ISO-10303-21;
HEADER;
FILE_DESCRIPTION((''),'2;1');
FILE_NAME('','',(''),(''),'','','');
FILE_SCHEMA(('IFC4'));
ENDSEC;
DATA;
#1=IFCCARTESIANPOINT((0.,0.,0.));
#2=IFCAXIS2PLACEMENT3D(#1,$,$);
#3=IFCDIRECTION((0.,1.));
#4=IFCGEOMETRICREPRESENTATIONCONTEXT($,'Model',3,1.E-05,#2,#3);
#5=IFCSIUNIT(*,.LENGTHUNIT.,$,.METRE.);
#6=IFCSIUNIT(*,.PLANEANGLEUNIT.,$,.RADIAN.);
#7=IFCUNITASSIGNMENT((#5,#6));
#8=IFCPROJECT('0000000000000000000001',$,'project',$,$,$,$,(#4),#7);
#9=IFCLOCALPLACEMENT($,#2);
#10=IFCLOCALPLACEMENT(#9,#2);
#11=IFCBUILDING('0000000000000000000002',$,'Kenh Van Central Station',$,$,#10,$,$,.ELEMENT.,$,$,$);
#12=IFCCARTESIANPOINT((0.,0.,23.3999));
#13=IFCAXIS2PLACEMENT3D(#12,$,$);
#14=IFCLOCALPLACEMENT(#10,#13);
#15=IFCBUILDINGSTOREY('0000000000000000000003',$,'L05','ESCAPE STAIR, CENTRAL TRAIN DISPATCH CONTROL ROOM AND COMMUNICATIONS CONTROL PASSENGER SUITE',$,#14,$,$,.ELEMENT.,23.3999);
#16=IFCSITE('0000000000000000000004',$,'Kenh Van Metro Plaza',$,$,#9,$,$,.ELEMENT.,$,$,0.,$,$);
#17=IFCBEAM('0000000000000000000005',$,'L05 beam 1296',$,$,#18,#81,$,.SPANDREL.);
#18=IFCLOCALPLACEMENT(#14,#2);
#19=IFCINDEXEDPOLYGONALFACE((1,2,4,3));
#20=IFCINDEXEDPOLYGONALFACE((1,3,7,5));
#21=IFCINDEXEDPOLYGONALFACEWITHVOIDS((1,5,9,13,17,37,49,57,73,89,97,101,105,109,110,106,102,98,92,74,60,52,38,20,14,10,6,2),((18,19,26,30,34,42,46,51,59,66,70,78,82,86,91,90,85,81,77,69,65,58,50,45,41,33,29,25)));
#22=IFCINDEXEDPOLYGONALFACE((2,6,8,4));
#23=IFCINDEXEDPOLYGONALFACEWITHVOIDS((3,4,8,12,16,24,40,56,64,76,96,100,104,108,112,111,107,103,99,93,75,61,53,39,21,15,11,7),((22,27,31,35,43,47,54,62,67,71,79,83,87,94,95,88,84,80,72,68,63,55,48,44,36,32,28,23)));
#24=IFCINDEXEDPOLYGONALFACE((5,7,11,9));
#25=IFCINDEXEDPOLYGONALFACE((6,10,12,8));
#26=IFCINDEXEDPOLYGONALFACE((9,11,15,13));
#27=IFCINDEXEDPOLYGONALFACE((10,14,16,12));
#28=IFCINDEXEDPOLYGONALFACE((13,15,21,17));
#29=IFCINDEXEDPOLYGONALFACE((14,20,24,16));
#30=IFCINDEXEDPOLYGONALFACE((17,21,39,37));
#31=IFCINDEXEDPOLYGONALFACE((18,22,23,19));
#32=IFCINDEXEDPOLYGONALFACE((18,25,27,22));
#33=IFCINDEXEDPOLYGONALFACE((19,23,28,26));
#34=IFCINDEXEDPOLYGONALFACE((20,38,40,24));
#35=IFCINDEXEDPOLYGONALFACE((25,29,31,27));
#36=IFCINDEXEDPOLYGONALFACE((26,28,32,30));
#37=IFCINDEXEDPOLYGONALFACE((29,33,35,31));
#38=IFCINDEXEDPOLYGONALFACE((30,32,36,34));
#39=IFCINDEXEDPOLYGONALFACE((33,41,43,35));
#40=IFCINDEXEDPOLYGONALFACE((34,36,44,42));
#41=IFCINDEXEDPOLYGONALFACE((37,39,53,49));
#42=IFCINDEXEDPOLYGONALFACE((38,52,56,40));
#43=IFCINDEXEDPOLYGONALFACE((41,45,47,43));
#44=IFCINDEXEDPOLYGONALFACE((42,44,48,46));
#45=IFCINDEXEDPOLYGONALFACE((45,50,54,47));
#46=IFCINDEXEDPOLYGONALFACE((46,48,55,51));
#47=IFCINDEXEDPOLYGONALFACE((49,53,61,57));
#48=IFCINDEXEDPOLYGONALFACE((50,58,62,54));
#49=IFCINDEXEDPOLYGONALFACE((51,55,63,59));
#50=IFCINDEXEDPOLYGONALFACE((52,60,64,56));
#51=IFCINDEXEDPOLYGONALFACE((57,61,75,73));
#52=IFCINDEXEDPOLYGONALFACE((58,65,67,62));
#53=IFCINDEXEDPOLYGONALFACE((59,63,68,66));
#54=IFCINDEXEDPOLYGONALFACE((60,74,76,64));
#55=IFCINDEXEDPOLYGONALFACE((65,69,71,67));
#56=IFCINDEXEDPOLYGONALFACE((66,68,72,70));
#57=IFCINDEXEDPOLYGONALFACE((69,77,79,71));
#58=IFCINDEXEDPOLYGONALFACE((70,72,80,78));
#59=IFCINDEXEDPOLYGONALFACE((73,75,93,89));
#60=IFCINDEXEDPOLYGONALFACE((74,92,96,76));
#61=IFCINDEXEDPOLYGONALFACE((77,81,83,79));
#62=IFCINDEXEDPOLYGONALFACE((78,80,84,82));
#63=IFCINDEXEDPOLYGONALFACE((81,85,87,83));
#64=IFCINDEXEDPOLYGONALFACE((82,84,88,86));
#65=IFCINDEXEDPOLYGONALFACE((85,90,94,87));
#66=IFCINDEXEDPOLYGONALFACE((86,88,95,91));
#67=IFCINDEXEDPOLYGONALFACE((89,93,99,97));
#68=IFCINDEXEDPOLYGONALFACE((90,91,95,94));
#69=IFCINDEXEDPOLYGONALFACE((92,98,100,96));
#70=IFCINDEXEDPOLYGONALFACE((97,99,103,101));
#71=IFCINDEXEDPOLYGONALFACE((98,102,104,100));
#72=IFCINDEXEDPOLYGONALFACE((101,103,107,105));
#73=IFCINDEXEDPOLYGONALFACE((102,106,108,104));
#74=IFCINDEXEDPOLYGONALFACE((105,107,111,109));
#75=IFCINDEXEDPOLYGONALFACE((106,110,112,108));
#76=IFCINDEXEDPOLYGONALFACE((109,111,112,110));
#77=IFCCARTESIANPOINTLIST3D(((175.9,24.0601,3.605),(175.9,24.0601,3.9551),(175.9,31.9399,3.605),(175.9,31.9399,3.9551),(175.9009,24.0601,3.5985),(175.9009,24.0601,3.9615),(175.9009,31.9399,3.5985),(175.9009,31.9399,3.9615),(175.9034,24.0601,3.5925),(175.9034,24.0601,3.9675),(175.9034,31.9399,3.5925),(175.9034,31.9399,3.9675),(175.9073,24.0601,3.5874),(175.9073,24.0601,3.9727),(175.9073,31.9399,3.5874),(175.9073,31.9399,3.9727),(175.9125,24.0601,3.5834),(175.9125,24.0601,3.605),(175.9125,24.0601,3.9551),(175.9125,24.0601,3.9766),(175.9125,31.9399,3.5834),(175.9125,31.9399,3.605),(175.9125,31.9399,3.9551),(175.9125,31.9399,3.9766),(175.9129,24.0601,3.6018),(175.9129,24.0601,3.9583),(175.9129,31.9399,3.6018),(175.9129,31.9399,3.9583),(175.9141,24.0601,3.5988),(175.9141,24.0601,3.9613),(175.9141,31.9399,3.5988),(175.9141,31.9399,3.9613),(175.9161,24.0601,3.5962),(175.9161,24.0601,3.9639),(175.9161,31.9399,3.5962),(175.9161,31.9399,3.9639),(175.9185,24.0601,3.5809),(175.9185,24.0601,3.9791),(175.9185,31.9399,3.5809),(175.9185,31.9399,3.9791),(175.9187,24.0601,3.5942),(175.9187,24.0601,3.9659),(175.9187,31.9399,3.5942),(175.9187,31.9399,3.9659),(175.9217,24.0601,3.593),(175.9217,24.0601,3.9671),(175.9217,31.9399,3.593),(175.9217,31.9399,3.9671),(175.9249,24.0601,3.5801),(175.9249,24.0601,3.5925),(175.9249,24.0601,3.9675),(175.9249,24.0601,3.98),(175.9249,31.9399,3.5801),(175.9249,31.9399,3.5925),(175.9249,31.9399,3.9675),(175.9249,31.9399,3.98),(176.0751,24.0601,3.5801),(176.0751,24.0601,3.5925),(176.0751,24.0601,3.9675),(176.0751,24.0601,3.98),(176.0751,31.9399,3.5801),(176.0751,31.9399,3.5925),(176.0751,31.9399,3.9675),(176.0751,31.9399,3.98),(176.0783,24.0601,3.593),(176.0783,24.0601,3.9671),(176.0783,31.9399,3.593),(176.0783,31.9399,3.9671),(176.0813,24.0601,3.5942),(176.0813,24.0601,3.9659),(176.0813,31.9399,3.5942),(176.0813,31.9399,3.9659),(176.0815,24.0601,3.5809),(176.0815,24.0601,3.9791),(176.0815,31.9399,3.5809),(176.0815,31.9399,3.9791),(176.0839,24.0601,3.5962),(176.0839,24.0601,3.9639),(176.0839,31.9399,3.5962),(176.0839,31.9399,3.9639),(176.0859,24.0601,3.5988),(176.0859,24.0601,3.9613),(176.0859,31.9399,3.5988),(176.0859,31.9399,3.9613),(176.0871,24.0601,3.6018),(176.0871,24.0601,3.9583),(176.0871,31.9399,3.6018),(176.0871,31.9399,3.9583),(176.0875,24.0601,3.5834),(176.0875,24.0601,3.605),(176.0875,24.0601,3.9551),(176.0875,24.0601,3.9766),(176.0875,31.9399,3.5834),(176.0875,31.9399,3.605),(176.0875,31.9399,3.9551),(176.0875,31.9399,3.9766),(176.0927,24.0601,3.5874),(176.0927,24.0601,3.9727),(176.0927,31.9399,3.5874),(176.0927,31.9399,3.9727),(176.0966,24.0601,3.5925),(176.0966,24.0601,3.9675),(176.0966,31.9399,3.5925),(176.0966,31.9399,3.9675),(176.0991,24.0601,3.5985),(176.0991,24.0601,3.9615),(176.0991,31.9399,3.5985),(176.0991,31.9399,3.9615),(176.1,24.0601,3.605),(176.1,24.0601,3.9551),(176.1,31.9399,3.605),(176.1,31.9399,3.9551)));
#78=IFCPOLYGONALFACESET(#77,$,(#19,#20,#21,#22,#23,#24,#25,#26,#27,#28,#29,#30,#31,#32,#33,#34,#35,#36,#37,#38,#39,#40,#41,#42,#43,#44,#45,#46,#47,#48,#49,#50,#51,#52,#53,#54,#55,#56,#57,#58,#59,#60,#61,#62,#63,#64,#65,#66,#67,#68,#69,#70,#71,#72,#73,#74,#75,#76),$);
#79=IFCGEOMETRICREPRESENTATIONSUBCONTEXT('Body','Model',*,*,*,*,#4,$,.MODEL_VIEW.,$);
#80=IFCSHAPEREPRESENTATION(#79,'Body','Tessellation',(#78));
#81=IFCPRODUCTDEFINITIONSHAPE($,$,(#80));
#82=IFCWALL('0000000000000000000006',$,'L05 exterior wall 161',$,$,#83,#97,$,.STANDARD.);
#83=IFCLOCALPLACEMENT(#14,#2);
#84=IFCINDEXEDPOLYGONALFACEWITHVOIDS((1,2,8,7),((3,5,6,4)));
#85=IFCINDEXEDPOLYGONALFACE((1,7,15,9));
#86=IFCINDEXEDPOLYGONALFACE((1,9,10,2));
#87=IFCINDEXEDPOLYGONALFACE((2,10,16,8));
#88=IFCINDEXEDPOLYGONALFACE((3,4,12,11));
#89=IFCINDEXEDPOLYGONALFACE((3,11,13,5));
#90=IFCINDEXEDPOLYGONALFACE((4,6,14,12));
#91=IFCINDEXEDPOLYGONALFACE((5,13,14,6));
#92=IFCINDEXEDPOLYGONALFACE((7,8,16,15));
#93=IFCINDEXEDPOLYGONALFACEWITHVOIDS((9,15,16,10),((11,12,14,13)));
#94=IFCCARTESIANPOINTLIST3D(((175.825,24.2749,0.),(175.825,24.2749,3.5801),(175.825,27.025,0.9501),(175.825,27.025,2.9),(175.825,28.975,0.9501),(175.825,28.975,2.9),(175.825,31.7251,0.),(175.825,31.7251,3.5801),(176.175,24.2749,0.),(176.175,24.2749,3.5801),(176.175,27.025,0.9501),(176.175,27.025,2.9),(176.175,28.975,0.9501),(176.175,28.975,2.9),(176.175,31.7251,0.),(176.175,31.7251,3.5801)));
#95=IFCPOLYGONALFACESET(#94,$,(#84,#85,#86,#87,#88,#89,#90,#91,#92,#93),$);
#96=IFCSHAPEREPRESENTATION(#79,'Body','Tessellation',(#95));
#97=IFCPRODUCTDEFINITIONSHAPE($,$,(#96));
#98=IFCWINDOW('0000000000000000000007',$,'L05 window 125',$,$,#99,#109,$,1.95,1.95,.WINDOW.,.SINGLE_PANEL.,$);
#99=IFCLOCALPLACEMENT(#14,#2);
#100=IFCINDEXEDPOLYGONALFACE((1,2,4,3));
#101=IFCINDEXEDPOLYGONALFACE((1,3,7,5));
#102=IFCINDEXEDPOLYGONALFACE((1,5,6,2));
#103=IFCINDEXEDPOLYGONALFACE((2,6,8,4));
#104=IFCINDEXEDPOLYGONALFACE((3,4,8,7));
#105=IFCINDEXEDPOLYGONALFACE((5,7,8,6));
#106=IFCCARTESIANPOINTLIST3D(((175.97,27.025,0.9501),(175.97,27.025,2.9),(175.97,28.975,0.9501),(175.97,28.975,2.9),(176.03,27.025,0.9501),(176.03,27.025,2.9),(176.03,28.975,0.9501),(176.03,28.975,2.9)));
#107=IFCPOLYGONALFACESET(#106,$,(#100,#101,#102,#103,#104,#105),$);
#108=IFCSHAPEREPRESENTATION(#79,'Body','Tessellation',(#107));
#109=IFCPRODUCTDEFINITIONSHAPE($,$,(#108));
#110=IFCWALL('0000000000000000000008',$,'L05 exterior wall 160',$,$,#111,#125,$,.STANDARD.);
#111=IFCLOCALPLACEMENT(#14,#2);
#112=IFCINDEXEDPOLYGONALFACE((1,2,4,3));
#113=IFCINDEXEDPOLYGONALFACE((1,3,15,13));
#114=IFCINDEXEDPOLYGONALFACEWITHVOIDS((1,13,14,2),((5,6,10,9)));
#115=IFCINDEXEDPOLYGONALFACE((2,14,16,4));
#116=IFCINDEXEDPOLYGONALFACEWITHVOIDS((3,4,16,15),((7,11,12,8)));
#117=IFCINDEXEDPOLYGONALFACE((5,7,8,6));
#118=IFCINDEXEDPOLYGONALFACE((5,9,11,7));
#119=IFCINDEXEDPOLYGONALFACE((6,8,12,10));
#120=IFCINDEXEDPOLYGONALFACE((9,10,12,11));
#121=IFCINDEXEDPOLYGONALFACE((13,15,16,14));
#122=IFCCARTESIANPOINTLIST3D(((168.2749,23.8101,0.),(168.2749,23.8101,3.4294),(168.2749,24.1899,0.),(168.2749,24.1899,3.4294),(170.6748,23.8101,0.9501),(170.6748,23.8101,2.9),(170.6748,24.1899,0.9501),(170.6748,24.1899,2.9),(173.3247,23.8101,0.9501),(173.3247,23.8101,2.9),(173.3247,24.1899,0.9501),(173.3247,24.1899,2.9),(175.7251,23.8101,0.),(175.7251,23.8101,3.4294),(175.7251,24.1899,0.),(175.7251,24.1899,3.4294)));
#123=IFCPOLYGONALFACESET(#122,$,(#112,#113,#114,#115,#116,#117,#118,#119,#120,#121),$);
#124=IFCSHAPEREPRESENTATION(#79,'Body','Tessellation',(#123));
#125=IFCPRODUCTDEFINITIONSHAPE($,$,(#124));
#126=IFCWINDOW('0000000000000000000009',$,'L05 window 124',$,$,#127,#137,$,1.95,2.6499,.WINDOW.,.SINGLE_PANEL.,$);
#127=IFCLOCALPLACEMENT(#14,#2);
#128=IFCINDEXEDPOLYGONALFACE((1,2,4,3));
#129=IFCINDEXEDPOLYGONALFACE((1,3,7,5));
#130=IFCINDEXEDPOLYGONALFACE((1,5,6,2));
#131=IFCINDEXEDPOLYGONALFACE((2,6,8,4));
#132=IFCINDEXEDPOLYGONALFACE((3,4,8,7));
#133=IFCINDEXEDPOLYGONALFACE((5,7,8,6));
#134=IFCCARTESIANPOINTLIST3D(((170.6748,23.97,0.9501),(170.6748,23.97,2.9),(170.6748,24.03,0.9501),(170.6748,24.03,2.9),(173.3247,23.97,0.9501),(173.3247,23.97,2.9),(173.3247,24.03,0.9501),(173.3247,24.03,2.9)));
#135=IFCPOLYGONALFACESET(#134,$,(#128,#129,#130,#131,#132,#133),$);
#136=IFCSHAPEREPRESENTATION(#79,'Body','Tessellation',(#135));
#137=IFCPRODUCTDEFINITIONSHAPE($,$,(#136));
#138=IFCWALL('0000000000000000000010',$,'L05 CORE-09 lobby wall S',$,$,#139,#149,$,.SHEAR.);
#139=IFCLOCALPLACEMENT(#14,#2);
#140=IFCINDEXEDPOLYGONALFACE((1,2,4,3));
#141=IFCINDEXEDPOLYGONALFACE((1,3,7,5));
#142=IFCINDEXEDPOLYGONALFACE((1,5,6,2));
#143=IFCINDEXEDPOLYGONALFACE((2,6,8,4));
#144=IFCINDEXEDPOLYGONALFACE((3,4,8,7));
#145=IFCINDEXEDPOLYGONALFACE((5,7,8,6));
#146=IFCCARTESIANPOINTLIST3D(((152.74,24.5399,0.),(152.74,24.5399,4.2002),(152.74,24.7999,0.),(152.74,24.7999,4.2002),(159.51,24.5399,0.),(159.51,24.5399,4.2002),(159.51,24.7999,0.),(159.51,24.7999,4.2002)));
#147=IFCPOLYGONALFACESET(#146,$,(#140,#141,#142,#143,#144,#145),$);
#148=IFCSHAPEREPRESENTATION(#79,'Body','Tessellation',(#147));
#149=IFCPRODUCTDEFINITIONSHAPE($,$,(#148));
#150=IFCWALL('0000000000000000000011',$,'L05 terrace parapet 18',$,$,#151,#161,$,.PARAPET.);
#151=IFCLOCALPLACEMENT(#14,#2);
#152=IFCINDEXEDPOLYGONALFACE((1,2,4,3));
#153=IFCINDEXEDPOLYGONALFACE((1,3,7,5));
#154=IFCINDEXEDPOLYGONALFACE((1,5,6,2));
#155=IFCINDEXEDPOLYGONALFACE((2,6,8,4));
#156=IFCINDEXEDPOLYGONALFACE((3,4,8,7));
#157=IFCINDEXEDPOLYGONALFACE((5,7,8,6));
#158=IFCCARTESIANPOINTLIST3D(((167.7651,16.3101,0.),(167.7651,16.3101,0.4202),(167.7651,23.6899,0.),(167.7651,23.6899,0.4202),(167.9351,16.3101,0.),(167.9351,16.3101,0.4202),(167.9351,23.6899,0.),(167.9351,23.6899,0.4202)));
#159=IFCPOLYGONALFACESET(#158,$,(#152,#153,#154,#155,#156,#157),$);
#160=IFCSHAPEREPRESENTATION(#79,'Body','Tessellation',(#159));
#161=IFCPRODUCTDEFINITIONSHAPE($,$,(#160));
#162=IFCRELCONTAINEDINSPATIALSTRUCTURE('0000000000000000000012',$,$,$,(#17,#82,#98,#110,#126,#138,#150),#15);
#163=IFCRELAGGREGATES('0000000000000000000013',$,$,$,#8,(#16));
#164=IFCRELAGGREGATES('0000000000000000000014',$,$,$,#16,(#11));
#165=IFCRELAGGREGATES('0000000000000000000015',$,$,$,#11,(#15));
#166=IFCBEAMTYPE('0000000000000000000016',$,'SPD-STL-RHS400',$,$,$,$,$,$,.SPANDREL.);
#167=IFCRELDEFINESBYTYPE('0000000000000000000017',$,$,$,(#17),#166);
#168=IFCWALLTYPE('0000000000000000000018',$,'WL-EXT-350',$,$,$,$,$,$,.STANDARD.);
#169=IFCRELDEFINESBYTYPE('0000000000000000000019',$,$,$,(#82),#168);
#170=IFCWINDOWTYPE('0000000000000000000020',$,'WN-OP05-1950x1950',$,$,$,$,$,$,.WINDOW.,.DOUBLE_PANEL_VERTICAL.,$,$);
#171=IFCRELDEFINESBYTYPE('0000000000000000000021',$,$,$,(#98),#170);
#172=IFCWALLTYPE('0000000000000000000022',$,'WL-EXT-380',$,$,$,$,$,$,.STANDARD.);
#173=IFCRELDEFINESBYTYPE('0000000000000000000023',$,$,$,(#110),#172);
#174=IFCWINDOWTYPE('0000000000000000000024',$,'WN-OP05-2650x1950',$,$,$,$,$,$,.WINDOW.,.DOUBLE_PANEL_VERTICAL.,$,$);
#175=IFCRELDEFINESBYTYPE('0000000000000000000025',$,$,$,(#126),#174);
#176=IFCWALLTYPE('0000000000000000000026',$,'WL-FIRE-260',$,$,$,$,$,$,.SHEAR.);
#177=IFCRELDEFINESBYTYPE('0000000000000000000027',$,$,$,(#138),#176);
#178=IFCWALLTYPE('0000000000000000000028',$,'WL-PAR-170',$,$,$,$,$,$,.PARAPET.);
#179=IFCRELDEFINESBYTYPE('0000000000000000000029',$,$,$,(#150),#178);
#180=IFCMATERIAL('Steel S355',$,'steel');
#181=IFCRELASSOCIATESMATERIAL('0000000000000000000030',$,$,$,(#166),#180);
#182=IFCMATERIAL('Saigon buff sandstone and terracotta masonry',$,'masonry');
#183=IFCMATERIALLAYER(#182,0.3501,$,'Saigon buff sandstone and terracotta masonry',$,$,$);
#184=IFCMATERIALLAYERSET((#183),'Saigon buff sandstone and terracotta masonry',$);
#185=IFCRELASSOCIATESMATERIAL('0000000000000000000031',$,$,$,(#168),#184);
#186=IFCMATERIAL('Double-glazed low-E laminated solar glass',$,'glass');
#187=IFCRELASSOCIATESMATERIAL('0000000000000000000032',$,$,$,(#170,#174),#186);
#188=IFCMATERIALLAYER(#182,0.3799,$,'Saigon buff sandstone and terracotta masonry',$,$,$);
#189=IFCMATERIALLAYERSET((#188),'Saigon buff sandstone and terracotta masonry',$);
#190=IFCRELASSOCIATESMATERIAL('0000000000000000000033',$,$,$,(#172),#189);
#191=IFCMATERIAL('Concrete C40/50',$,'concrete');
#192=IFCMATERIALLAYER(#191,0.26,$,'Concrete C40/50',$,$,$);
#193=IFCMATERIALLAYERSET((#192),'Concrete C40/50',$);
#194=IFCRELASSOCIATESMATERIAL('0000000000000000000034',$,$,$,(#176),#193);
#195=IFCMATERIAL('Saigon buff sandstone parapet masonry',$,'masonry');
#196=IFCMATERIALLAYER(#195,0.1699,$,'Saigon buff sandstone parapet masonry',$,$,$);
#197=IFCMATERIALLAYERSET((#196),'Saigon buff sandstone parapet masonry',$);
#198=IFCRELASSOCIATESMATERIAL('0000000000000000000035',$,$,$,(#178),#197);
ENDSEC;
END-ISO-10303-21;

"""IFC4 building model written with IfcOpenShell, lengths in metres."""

from ifc_helpers import new_model, si_unit, direction, frame, frame_2d, origin, origin_2d, place, context, subcontext, project, spatial, rectangle, hollow_rectangle, extrude, material, layer, layer_set, material_profile, profile_set, type_object, element, fill, save


model = new_model("IFC4")

# Units and contexts
model_context = context("Model", 3, precision=1e-05, world=origin(), true_north=direction((0.0, 1.0)))
body_context = subcontext(model_context, "Body", "Model", "MODEL_VIEW")
ifc_project = project(units=[si_unit("LENGTHUNIT", "METRE"), si_unit("PLANEANGLEUNIT", "RADIAN")], contexts=[model_context])

# Site, building, storey
site_placement = place(None, origin())
site = spatial("IfcSite", under=ifc_project, at=site_placement, Name="Kenh Van Metro Plaza", CompositionType="ELEMENT", RefElevation=0.0)
building_placement = place(site_placement, origin())
building = spatial("IfcBuilding", under=site, at=building_placement, Name="Kenh Van Central Station", CompositionType="ELEMENT")
storey_placement = place(building_placement, frame((0.0, 0.0, 23.3999)))
storey = spatial("IfcBuildingStorey", under=building, at=storey_placement, Name="L05", Description="ESCAPE STAIR, CENTRAL TRAIN DISPATCH CONTROL ROOM AND COMMUNICATIONS CONTROL PASSENGER SUITE", CompositionType="ELEMENT", Elevation=23.3999)

# Beam
ifc_material_1 = material(Name="Steel S355", Category="steel")
ifc_material_profile_1 = material_profile(ifc_material_1, hollow_rectangle(XDim=0.2, YDim=0.3999, WallThickness=0.0125, InnerFilletRadius=0.0125, OuterFilletRadius=0.0249, at=origin_2d()), Name="RHS 400x200x12.5")
ifc_profile_set_1 = profile_set([ifc_material_profile_1], Name="Steel S355")
beam_type = type_object("IfcBeamType", Name="SPD-STL-RHS400", PredefinedType="SPANDREL", material=ifc_profile_set_1)
for number, where, z_axis, x_axis, name in (
    (1, (176.0, 24.0601, 3.78), (0.0, 1.0, 0.0), (-1.0, 0.0, 0.0), "L05 beam 1296"),
):
    element("IfcBeam", number, at=place(storey_placement, frame(where, z_axis=z_axis, x_axis=x_axis)), inside=storey, type_object=beam_type, Name=name, PredefinedType="SPANDREL", context=body_context, shape_type="SweptSolid", body=[
        extrude(hollow_rectangle(XDim=0.2, YDim=0.3999, WallThickness=0.0125, InnerFilletRadius=0.0125, OuterFilletRadius=0.0249, at=origin_2d()), origin(), (0.0, 0.0, 1.0), 7.8799),
    ])

# Walls, openings, windows
ifc_material_2 = material(Name="Saigon buff sandstone and terracotta masonry", Category="masonry")
ifc_layer_1 = layer(ifc_material_2, 0.3501, Name="Saigon buff sandstone and terracotta masonry")
ifc_layer_set_1 = layer_set([ifc_layer_1], Name="Saigon buff sandstone and terracotta masonry")
wall_type_1 = type_object("IfcWallType", Name="WL-EXT-350", PredefinedType="STANDARD", material=ifc_layer_set_1)
wall_1_placement = place(storey_placement, frame((176.0, 24.2749, 0.0), z_axis=(0.0, 0.0, 1.0), x_axis=(0.0, 1.0, 0.0)))
wall_1 = element("IfcWall", 2, at=wall_1_placement, inside=storey, type_object=wall_type_1, Name="L05 exterior wall 161", PredefinedType="STANDARD", context=body_context, shape_type="SweptSolid", body=[
    extrude(rectangle(XDim=7.4502, YDim=0.3501, at=frame_2d((3.7251, 0.0))), origin(), (0.0, 0.0, 1.0), 3.5801),
])
opening_1_placement = place(wall_1_placement, frame((2.75, 0.0, 0.95)))
opening_1 = element("IfcOpeningElement", 3, at=opening_1_placement, cuts=wall_1, PredefinedType="OPENING", context=body_context, shape_type="SweptSolid", body=[
    extrude(rectangle(XDim=1.95, YDim=1.95, at=frame_2d((0.9751, 0.9751))), frame((0.0, 0.1851, 0.0), z_axis=(0.0, -1.0, 0.0), x_axis=(1.0, 0.0, 0.0)), (0.0, 0.0, 1.0), 0.3701),
])
ifc_material_3 = material(Name="Double-glazed low-E laminated solar glass", Category="glass")
window_type_1 = type_object("IfcWindowType", Name="WN-OP05-1950x1950", PartitioningType="DOUBLE_PANEL_VERTICAL", PredefinedType="WINDOW", material=ifc_material_3)
window_1_placement = place(opening_1_placement, origin())
window_1 = element("IfcWindow", 4, at=window_1_placement, inside=storey, type_object=window_type_1, Name="L05 window 125", OverallHeight=1.95, OverallWidth=1.95, PartitioningType="SINGLE_PANEL", PredefinedType="WINDOW", context=body_context, shape_type="SweptSolid", body=[
    extrude(rectangle(XDim=1.95, YDim=1.95, at=frame_2d((0.9751, 0.9751))), frame((0.0, 0.03, 0.0), z_axis=(0.0, -1.0, 0.0), x_axis=(1.0, 0.0, 0.0)), (0.0, 0.0, 1.0), 0.0601),
])
fill(opening_1, window_1)
ifc_layer_2 = layer(ifc_material_2, 0.3799, Name="Saigon buff sandstone and terracotta masonry")
ifc_layer_set_2 = layer_set([ifc_layer_2], Name="Saigon buff sandstone and terracotta masonry")
wall_type_2 = type_object("IfcWallType", Name="WL-EXT-380", PredefinedType="STANDARD", material=ifc_layer_set_2)
wall_2_placement = place(storey_placement, frame((168.2749, 24.0, 0.0), z_axis=(0.0, 0.0, 1.0), x_axis=(1.0, 0.0, 0.0)))
wall_2 = element("IfcWall", 5, at=wall_2_placement, inside=storey, type_object=wall_type_2, Name="L05 exterior wall 160", PredefinedType="STANDARD", context=body_context, shape_type="SweptSolid", body=[
    extrude(rectangle(XDim=7.4502, YDim=0.3799, at=frame_2d((3.7251, 0.0))), origin(), (0.0, 0.0, 1.0), 3.4294),
])
opening_2_placement = place(wall_2_placement, frame((2.3999, 0.0, 0.95)))
opening_2 = element("IfcOpeningElement", 6, at=opening_2_placement, cuts=wall_2, PredefinedType="OPENING", context=body_context, shape_type="SweptSolid", body=[
    extrude(rectangle(XDim=2.6499, YDim=1.95, at=frame_2d((1.325, 0.9751))), frame((0.0, 0.2, 0.0), z_axis=(0.0, -1.0, 0.0), x_axis=(1.0, 0.0, 0.0)), (0.0, 0.0, 1.0), 0.3999),
])
window_type_2 = type_object("IfcWindowType", Name="WN-OP05-2650x1950", PartitioningType="DOUBLE_PANEL_VERTICAL", PredefinedType="WINDOW", material=ifc_material_3)
window_2_placement = place(opening_2_placement, origin())
window_2 = element("IfcWindow", 7, at=window_2_placement, inside=storey, type_object=window_type_2, Name="L05 window 124", OverallHeight=1.95, OverallWidth=2.6499, PartitioningType="SINGLE_PANEL", PredefinedType="WINDOW", context=body_context, shape_type="SweptSolid", body=[
    extrude(rectangle(XDim=2.6499, YDim=1.95, at=frame_2d((1.325, 0.9751))), frame((0.0, 0.03, 0.0), z_axis=(0.0, -1.0, 0.0), x_axis=(1.0, 0.0, 0.0)), (0.0, 0.0, 1.0), 0.0601),
])
fill(opening_2, window_2)

# Walls
ifc_material_4 = material(Name="Concrete C40/50", Category="concrete")
ifc_layer_3 = layer(ifc_material_4, 0.26, Name="Concrete C40/50")
ifc_layer_set_3 = layer_set([ifc_layer_3], Name="Concrete C40/50")
wall_type_3 = type_object("IfcWallType", Name="WL-FIRE-260", PredefinedType="SHEAR", material=ifc_layer_set_3)
wall_3_placement = place(storey_placement, frame((159.51, 24.6699, 0.0), z_axis=(0.0, 0.0, 1.0), x_axis=(-1.0, 0.0, 0.0)))
element("IfcWall", 8, at=wall_3_placement, inside=storey, type_object=wall_type_3, Name="L05 CORE-09 lobby wall S", PredefinedType="SHEAR", context=body_context, shape_type="SweptSolid", body=[
    extrude(rectangle(XDim=6.77, YDim=0.26, at=frame_2d((3.385, 0.0))), origin(), (0.0, 0.0, 1.0), 4.2002),
])
ifc_material_5 = material(Name="Saigon buff sandstone parapet masonry", Category="masonry")
ifc_layer_4 = layer(ifc_material_5, 0.1699, Name="Saigon buff sandstone parapet masonry")
ifc_layer_set_4 = layer_set([ifc_layer_4], Name="Saigon buff sandstone parapet masonry")
wall_type_4 = type_object("IfcWallType", Name="WL-PAR-170", PredefinedType="PARAPET", material=ifc_layer_set_4)
wall_4_placement = place(storey_placement, frame((167.8501, 16.3101, 0.0), z_axis=(0.0, 0.0, 1.0), x_axis=(0.0, 1.0, 0.0)))
element("IfcWall", 9, at=wall_4_placement, inside=storey, type_object=wall_type_4, Name="L05 terrace parapet 18", PredefinedType="PARAPET", context=body_context, shape_type="SweptSolid", body=[
    extrude(rectangle(XDim=7.3799, YDim=0.1699, at=frame_2d((3.6899, 0.0))), origin(), (0.0, 0.0, 1.0), 0.4202),
])

save(model, "model.ifc")
